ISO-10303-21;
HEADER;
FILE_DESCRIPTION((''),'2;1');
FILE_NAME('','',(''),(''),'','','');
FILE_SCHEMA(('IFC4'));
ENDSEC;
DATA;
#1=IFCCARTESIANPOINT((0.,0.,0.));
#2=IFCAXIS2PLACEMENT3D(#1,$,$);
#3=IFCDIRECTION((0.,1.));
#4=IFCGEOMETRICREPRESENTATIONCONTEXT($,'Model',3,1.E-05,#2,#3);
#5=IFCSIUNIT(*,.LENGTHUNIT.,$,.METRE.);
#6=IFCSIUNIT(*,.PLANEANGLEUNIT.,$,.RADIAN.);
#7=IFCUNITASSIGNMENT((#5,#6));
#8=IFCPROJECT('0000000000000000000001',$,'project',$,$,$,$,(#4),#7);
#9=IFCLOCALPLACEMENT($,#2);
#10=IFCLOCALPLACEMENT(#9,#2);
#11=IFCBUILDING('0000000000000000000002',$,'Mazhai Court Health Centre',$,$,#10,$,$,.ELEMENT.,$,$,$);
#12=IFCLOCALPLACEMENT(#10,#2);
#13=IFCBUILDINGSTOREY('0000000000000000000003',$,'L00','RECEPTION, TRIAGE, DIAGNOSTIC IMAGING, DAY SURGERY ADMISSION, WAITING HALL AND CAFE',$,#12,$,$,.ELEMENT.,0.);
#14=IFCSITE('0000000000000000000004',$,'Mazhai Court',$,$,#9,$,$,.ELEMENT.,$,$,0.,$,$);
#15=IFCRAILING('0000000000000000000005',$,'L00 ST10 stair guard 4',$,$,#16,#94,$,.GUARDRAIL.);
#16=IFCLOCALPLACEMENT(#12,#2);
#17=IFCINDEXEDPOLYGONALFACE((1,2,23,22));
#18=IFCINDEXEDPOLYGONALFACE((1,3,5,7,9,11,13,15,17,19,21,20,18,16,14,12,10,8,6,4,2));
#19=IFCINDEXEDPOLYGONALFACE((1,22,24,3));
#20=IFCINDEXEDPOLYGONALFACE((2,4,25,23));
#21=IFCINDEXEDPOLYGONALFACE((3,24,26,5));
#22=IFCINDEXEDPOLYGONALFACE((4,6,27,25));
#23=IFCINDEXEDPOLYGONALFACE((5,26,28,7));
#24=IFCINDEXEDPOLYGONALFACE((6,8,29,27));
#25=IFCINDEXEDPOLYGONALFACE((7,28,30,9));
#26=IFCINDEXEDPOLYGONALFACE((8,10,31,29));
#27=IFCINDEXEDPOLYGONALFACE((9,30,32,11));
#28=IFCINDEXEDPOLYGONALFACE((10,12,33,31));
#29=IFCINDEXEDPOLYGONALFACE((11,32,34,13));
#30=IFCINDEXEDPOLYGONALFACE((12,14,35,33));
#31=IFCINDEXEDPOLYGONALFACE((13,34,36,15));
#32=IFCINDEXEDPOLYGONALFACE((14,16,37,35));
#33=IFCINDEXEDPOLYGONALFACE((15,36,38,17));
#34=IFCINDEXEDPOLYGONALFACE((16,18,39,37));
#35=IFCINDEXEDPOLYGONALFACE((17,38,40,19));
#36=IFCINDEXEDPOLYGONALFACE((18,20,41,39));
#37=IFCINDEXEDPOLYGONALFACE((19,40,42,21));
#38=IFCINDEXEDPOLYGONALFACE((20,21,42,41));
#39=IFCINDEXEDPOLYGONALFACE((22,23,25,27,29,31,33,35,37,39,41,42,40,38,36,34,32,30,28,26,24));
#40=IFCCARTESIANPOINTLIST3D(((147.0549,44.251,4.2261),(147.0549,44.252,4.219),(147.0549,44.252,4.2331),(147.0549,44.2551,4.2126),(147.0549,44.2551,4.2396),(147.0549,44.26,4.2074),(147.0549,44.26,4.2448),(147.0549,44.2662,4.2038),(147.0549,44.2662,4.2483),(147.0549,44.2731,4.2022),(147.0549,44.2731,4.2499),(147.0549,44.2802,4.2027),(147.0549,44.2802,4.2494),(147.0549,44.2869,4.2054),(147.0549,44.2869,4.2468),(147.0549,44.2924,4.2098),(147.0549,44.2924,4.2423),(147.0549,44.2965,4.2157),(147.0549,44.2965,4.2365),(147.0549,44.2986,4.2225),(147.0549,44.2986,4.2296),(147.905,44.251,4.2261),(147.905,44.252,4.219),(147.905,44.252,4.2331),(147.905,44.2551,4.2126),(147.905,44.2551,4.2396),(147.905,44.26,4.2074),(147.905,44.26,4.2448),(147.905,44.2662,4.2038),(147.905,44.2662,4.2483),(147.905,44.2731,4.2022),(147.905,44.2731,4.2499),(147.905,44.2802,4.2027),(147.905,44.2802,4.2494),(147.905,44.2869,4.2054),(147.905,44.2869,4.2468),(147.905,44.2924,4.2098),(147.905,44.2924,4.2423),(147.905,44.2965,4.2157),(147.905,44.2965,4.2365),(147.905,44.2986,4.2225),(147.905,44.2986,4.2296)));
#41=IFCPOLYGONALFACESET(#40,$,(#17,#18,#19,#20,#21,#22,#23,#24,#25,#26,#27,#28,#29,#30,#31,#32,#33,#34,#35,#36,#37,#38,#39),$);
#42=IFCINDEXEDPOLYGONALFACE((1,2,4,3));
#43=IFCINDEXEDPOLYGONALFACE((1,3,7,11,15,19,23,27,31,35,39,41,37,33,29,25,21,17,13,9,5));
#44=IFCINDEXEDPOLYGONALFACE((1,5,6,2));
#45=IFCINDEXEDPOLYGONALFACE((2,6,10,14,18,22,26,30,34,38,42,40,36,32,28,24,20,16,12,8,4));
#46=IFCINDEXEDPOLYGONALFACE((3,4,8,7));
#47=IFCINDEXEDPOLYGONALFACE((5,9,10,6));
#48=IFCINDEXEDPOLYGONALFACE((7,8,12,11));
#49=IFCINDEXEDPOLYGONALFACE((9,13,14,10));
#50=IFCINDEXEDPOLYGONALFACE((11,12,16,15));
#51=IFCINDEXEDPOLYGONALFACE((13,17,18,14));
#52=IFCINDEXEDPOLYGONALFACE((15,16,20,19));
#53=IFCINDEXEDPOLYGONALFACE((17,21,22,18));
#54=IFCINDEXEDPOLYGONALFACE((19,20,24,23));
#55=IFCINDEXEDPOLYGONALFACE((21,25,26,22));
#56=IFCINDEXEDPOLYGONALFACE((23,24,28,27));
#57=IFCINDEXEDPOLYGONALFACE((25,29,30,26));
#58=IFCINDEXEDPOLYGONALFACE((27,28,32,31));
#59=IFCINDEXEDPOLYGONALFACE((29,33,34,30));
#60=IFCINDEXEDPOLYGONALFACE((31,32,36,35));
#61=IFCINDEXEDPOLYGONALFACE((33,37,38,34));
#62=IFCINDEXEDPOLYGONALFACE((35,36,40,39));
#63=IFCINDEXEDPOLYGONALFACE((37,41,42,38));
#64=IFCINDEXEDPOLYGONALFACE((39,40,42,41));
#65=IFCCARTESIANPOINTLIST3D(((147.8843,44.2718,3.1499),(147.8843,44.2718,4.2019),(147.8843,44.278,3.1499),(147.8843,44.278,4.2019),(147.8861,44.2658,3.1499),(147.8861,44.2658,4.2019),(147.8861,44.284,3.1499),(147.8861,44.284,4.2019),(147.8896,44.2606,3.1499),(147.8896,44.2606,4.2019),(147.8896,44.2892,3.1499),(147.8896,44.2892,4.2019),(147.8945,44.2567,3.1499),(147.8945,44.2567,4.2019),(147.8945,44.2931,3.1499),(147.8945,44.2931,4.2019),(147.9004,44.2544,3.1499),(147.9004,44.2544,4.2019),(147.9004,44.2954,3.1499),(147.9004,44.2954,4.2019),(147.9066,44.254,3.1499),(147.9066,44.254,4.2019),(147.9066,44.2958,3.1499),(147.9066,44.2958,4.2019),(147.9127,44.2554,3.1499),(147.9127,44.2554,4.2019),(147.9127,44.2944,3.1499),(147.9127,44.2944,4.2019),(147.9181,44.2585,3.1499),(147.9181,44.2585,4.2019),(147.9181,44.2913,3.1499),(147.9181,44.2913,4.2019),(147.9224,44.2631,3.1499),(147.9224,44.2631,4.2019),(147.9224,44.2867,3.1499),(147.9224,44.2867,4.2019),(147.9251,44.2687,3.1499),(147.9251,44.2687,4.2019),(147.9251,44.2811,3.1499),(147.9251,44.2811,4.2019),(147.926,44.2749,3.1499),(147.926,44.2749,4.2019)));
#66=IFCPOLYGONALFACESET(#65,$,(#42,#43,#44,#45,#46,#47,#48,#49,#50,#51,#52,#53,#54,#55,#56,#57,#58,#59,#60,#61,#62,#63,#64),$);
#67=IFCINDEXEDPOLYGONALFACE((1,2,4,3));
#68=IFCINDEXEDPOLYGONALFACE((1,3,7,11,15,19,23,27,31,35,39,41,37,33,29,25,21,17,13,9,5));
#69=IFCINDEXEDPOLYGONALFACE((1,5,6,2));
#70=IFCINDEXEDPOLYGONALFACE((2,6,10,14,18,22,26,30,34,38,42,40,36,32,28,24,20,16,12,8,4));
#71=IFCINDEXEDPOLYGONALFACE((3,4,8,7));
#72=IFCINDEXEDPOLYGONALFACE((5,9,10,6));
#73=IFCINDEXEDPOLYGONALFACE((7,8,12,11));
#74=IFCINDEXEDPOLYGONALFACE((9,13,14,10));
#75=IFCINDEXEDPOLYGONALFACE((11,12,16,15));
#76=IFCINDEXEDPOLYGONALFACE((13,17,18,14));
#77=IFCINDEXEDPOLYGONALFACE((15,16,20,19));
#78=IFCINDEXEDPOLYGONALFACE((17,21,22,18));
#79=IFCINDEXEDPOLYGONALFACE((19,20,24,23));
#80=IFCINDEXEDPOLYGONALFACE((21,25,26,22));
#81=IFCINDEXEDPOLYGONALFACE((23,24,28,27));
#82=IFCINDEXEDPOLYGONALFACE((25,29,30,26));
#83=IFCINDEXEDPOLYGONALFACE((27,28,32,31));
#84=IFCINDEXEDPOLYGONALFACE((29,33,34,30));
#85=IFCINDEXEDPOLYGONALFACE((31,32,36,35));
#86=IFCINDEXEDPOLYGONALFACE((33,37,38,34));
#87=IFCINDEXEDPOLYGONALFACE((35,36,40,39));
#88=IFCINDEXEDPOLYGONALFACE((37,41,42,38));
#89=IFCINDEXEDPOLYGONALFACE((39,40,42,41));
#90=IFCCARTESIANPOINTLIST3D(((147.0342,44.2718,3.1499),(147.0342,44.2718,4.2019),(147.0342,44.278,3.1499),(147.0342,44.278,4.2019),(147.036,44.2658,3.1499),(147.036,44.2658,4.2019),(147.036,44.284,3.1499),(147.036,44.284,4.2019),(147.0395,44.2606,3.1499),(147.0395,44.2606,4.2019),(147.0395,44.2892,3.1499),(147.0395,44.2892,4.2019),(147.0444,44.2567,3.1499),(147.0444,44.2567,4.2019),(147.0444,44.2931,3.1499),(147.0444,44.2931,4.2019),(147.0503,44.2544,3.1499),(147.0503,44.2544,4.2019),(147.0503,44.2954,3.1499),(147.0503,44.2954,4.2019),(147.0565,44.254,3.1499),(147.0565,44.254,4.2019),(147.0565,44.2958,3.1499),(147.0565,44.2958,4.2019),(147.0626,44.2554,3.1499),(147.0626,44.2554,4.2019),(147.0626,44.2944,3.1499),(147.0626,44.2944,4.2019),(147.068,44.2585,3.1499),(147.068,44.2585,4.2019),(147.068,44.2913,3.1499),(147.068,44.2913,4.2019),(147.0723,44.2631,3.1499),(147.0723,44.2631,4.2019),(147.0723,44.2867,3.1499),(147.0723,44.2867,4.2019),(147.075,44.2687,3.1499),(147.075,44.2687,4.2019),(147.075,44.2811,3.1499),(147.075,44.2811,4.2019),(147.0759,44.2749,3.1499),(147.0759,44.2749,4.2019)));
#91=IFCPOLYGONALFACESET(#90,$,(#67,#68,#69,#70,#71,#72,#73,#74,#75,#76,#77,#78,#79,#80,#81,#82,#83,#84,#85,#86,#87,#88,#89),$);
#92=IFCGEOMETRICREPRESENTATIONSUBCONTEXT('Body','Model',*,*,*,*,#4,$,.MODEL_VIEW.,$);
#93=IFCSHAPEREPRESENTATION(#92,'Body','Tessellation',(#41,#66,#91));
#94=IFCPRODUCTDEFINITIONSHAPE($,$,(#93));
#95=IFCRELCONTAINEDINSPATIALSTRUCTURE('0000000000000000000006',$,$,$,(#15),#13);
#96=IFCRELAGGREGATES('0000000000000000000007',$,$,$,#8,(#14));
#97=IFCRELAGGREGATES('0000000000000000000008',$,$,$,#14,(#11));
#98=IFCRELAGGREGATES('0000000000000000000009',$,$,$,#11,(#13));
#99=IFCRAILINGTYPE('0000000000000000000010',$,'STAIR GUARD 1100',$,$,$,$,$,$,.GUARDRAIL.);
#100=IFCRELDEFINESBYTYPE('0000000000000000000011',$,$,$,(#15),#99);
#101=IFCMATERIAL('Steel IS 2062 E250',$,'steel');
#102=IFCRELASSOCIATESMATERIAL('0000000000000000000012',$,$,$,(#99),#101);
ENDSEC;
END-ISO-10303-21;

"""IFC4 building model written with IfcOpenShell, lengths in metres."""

from ifc_helpers import new_model, si_unit, direction, frame, origin, origin_2d, place, context, subcontext, project, spatial, circle, extrude, material, type_object, element, save


model = new_model("IFC4")

# Units and contexts
model_context = context("Model", 3, precision=1e-05, world=origin(), true_north=direction((0.0, 1.0)))
body_context = subcontext(model_context, "Body", "Model", "MODEL_VIEW")
ifc_project = project(units=[si_unit("LENGTHUNIT", "METRE"), si_unit("PLANEANGLEUNIT", "RADIAN")], contexts=[model_context])

# Site, building, storey
site_placement = place(None, origin())
site = spatial("IfcSite", under=ifc_project, at=site_placement, Name="Mazhai Court", CompositionType="ELEMENT", RefElevation=0.0)
building_placement = place(site_placement, origin())
building = spatial("IfcBuilding", under=site, at=building_placement, Name="Mazhai Court Health Centre", CompositionType="ELEMENT")
storey_placement = place(building_placement, origin())
storey = spatial("IfcBuildingStorey", under=building, at=storey_placement, Name="L00", Description="RECEPTION, TRIAGE, DIAGNOSTIC IMAGING, DAY SURGERY ADMISSION, WAITING HALL AND CAFE", CompositionType="ELEMENT", Elevation=0.0)

# Railing
ifc_material_1 = material(Name="Steel IS 2062 E250", Category="steel")
railing_type_1 = type_object("IfcRailingType", Name="STAIR GUARD 1100", PredefinedType="GUARDRAIL", material=ifc_material_1)
railing_1_placement = place(storey_placement, frame((147.905, 44.2749, 3.1499)))
element("IfcRailing", 1, at=railing_1_placement, inside=storey, type_object=railing_type_1, Name="L00 ST10 stair guard 4", PredefinedType="GUARDRAIL", context=body_context, shape_type="SweptSolid", body=[
    extrude(circle(Radius=0.0239, at=origin_2d()), frame((0.0, 0.0, 1.0762), z_axis=(-1.0, 0.0, 0.0), x_axis=(0.0, -1.0, 0.0)), (0.0, 0.0, 1.0), 0.8501),
    extrude(circle(Radius=0.021, at=origin_2d()), origin(), (0.0, 0.0, 1.0), 1.052),
    extrude(circle(Radius=0.021, at=origin_2d()), frame((-0.8501, 0.0, 0.0)), (0.0, 0.0, 1.0), 1.052),
])

save(model, "model.ifc")
